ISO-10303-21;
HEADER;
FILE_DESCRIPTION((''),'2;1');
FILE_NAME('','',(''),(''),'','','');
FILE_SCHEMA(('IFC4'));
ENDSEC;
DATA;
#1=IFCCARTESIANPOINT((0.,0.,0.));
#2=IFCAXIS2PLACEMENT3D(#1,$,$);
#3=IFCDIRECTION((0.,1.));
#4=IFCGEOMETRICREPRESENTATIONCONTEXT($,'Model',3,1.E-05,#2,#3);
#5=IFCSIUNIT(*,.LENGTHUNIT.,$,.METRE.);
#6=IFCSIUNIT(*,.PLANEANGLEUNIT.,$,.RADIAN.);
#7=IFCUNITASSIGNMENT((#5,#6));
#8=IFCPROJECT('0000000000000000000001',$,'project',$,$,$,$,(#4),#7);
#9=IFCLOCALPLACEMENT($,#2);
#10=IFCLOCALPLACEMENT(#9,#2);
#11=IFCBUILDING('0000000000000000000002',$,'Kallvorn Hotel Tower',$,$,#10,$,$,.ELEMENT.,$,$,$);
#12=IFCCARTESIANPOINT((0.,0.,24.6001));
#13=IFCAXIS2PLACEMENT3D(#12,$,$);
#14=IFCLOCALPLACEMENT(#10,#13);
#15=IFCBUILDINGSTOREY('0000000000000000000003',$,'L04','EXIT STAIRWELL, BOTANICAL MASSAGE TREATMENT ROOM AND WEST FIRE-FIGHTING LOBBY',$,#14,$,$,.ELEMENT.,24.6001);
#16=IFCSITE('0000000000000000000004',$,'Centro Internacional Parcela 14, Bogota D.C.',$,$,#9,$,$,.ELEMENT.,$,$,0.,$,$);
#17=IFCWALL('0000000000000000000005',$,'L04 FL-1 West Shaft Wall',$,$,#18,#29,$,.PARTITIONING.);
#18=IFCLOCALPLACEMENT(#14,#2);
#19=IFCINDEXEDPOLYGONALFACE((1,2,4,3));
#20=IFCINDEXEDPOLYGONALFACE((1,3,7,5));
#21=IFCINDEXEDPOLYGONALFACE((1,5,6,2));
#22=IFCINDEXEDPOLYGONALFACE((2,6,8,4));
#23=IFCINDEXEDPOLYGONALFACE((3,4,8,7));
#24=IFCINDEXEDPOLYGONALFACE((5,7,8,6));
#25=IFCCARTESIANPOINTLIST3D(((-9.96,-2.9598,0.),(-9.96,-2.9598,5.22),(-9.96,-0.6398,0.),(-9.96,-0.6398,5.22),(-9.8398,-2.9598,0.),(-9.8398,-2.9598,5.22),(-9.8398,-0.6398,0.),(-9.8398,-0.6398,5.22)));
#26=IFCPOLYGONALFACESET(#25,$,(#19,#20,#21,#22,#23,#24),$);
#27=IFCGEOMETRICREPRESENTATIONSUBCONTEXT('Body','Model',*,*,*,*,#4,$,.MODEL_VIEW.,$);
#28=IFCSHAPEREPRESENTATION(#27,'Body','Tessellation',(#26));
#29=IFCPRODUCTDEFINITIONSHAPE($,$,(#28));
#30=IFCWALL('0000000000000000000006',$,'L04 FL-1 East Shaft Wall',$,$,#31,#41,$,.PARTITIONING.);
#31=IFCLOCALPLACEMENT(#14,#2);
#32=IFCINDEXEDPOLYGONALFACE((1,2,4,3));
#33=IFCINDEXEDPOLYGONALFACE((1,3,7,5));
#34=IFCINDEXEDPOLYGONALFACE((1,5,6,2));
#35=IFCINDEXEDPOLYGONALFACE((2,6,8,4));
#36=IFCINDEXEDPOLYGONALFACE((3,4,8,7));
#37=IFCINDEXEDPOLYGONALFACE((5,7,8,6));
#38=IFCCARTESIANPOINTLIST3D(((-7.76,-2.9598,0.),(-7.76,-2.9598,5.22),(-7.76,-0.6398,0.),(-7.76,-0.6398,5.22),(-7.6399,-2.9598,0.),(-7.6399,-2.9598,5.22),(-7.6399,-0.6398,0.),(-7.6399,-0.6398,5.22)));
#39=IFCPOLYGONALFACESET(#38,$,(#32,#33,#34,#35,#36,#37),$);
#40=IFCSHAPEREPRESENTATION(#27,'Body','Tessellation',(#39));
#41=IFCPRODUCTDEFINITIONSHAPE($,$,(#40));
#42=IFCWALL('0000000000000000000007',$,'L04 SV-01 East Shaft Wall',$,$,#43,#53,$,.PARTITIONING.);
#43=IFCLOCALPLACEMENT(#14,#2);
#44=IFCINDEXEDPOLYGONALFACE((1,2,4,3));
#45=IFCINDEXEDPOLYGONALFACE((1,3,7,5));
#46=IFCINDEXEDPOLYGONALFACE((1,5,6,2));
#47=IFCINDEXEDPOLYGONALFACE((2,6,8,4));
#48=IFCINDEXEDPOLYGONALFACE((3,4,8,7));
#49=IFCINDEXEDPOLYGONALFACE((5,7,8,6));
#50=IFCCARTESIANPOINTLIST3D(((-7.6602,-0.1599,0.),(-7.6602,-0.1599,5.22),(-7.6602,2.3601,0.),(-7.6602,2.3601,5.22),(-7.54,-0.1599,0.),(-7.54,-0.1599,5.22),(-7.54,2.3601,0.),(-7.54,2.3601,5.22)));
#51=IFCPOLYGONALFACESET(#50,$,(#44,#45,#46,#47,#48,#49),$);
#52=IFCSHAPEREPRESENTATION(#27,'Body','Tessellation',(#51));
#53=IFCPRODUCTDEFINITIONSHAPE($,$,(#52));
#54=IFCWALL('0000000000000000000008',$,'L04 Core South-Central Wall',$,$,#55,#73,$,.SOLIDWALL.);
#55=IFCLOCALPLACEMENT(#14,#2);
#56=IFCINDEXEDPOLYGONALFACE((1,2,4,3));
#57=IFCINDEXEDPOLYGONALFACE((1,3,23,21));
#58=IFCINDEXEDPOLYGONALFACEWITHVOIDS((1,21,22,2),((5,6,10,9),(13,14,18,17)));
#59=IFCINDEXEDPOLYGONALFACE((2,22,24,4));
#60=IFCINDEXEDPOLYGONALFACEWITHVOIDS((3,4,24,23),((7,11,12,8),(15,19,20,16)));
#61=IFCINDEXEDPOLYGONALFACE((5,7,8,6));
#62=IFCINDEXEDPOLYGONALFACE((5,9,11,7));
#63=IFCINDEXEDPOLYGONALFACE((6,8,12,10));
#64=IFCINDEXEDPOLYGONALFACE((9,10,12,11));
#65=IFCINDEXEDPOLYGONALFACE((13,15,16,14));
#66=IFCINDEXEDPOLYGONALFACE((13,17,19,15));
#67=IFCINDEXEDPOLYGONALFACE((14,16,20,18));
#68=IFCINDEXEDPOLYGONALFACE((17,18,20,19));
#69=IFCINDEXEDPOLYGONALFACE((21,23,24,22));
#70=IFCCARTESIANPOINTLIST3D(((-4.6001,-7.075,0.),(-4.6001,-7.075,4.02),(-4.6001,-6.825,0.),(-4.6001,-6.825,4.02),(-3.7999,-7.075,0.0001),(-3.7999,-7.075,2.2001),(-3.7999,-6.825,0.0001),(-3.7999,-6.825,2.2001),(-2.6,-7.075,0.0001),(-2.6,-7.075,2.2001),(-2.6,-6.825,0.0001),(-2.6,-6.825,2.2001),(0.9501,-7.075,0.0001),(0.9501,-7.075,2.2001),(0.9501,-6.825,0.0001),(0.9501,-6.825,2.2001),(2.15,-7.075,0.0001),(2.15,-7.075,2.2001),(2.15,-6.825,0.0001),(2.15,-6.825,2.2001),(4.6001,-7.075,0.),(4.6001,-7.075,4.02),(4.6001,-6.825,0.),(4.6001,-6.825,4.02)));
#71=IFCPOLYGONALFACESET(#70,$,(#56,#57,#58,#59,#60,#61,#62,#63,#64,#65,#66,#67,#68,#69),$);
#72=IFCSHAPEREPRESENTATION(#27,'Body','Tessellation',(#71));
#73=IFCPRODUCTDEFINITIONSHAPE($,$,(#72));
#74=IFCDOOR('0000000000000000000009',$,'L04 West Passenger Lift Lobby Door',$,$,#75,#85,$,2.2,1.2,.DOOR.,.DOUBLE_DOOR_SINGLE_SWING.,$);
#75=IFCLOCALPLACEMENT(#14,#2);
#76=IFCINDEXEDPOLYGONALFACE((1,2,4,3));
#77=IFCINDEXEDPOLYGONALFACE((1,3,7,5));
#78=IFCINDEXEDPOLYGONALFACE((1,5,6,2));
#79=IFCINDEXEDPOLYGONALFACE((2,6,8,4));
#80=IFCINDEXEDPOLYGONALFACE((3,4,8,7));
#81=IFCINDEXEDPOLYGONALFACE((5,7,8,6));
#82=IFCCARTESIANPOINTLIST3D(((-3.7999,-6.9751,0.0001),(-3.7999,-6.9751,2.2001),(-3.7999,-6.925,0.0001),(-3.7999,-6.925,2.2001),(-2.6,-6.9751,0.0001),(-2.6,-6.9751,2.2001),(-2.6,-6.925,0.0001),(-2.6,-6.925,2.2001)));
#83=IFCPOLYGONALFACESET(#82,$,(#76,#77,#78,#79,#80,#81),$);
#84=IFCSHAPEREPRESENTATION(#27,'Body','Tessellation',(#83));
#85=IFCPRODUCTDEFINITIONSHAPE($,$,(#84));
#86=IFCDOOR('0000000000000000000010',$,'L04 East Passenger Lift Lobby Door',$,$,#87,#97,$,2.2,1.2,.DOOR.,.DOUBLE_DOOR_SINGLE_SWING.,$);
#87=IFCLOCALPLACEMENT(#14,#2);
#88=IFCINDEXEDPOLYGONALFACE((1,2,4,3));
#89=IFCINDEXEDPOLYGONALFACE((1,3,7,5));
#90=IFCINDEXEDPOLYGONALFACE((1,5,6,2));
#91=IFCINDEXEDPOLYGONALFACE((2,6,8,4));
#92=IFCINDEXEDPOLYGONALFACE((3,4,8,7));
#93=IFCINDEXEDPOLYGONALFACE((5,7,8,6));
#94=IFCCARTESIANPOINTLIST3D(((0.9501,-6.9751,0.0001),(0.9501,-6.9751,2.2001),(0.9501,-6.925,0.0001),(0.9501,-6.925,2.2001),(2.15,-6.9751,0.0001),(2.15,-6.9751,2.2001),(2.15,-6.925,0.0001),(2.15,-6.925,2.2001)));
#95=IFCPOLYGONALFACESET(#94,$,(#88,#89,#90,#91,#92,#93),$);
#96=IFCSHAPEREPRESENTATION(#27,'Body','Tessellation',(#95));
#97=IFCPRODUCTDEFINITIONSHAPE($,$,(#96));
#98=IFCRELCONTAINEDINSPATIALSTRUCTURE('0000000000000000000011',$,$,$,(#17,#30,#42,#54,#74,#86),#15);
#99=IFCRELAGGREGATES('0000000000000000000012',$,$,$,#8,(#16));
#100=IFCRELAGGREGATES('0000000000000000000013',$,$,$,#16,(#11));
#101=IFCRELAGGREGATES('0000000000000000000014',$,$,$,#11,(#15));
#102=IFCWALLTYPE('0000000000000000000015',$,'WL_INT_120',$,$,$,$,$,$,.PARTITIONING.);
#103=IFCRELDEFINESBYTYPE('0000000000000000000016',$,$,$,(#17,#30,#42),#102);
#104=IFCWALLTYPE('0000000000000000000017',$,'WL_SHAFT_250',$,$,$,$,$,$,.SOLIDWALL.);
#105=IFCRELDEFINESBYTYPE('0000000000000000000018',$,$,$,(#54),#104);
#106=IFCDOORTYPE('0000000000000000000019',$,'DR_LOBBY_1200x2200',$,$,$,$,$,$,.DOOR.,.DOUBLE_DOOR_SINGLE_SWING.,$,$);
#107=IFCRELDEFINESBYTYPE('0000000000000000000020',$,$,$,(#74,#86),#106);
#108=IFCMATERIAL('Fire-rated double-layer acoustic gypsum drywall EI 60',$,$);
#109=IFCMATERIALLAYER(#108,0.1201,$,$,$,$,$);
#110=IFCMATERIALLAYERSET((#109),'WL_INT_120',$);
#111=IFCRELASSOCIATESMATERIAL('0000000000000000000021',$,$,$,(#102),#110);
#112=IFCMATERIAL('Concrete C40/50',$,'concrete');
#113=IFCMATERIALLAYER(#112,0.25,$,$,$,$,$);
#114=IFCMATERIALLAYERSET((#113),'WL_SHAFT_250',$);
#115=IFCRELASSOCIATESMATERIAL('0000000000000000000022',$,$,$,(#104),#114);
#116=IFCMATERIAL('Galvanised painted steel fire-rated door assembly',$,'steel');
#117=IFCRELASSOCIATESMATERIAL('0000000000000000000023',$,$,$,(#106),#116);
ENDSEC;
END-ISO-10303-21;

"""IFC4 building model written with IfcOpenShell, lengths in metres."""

from ifc_helpers import new_model, si_unit, direction, frame, frame_2d, origin, place, context, subcontext, project, spatial, rectangle, extrude, material, layer, layer_set, type_object, element, fill, save


model = new_model("IFC4")

# Units and contexts
model_context = context("Model", 3, precision=1e-05, world=origin(), true_north=direction((0.0, 1.0)))
body_context = subcontext(model_context, "Body", "Model", "MODEL_VIEW")
ifc_project = project(units=[si_unit("LENGTHUNIT", "METRE"), si_unit("PLANEANGLEUNIT", "RADIAN")], contexts=[model_context])

# Site, building, storey
site_placement = place(None, origin())
site = spatial("IfcSite", under=ifc_project, at=site_placement, Name="Centro Internacional Parcela 14, Bogota D.C.", CompositionType="ELEMENT", RefElevation=0.0)
building_placement = place(site_placement, origin())
building = spatial("IfcBuilding", under=site, at=building_placement, Name="Kallvorn Hotel Tower", CompositionType="ELEMENT")
storey_placement = place(building_placement, frame((0.0, 0.0, 24.6001)))
storey = spatial("IfcBuildingStorey", under=building, at=storey_placement, Name="L04", Description="EXIT STAIRWELL, BOTANICAL MASSAGE TREATMENT ROOM AND WEST FIRE-FIGHTING LOBBY", CompositionType="ELEMENT", Elevation=24.6001)

# Walls
ifc_material_1 = material(Name="Fire-rated double-layer acoustic gypsum drywall EI 60")
ifc_layer_1 = layer(ifc_material_1, 0.1201)
ifc_layer_set_1 = layer_set([ifc_layer_1], Name="WL_INT_120")
wall_type_1 = type_object("IfcWallType", Name="WL_INT_120", PredefinedType="PARTITIONING", material=ifc_layer_set_1)
for number, where, z_axis, x_axis, name in (
    (1, (-9.8999, -2.96, 0.0), (0.0, 0.0, 1.0), (0.0, 1.0, 0.0), "L04 FL-1 West Shaft Wall"),
    (2, (-7.7, -2.96, 0.0), (0.0, 0.0, 1.0), (0.0, 1.0, 0.0), "L04 FL-1 East Shaft Wall"),
):
    element("IfcWall", number, at=place(storey_placement, frame(where, z_axis=z_axis, x_axis=x_axis)), inside=storey, type_object=wall_type_1, Name=name, PredefinedType="PARTITIONING", context=body_context, shape_type="SweptSolid", body=[
        extrude(rectangle(XDim=2.3201, YDim=0.1201, at=frame_2d((1.1602, 0.0))), origin(), (0.0, 0.0, 1.0), 5.22),
    ])
wall_1_placement = place(storey_placement, frame((-7.6001, -0.1599, 0.0), z_axis=(0.0, 0.0, 1.0), x_axis=(0.0, 1.0, 0.0)))
element("IfcWall", 3, at=wall_1_placement, inside=storey, type_object=wall_type_1, Name="L04 SV-01 East Shaft Wall", PredefinedType="PARTITIONING", context=body_context, shape_type="SweptSolid", body=[
    extrude(rectangle(XDim=2.52, YDim=0.1201, at=frame_2d((1.26, 0.0))), origin(), (0.0, 0.0, 1.0), 5.22),
])

# Wall, openings, doors
ifc_material_2 = material(Name="Concrete C40/50", Category="concrete")
ifc_layer_2 = layer(ifc_material_2, 0.25)
ifc_layer_set_2 = layer_set([ifc_layer_2], Name="WL_SHAFT_250")
wall_type_2 = type_object("IfcWallType", Name="WL_SHAFT_250", PredefinedType="SOLIDWALL", material=ifc_layer_set_2)
wall_2_placement = place(storey_placement, frame((-4.6001, -6.95, 0.0), z_axis=(0.0, 0.0, 1.0), x_axis=(1.0, 0.0, 0.0)))
wall_2 = element("IfcWall", 4, at=wall_2_placement, inside=storey, type_object=wall_type_2, Name="L04 Core South-Central Wall", PredefinedType="SOLIDWALL", context=body_context, shape_type="SweptSolid", body=[
    extrude(rectangle(XDim=9.2002, YDim=0.25, at=frame_2d((4.6001, 0.0))), origin(), (0.0, 0.0, 1.0), 4.02),
])
opening_1_placement = place(wall_2_placement, frame((0.8, 0.0, 0.0)))
opening_1 = element("IfcOpeningElement", 5, at=opening_1_placement, cuts=wall_2, PredefinedType="OPENING", context=body_context, shape_type="SweptSolid", body=[
    extrude(rectangle(XDim=1.2, YDim=2.2, at=frame_2d((0.6001, 1.1001))), frame((0.0, 0.1399, 0.0), z_axis=(0.0, -1.0, 0.0), x_axis=(1.0, 0.0, 0.0)), (0.0, 0.0, 1.0), 0.28),
])
opening_2_placement = place(wall_2_placement, frame((5.55, 0.0, 0.0)))
opening_2 = element("IfcOpeningElement", 6, at=opening_2_placement, cuts=wall_2, PredefinedType="OPENING", context=body_context, shape_type="SweptSolid", body=[
    extrude(rectangle(XDim=1.2, YDim=2.2, at=frame_2d((0.6001, 1.1001))), frame((0.0, 0.1399, 0.0), z_axis=(0.0, -1.0, 0.0), x_axis=(1.0, 0.0, 0.0)), (0.0, 0.0, 1.0), 0.28),
])
ifc_material_3 = material(Name="Galvanised painted steel fire-rated door assembly", Category="steel")
door_type_1 = type_object("IfcDoorType", Name="DR_LOBBY_1200x2200", OperationType="DOUBLE_DOOR_SINGLE_SWING", PredefinedType="DOOR", material=ifc_material_3)
door_1_placement = place(opening_1_placement, origin())
door_1 = element("IfcDoor", 7, at=door_1_placement, inside=storey, type_object=door_type_1, Name="L04 West Passenger Lift Lobby Door", OperationType="DOUBLE_DOOR_SINGLE_SWING", OverallHeight=2.2, OverallWidth=1.2, PredefinedType="DOOR", context=body_context, shape_type="SweptSolid", body=[
    extrude(rectangle(XDim=1.2, YDim=2.2, at=frame_2d((0.6001, 1.1001))), frame((0.0, 0.0249, 0.0), z_axis=(0.0, -1.0, 0.0), x_axis=(1.0, 0.0, 0.0)), (0.0, 0.0, 1.0), 0.05),
])
fill(opening_1, door_1)
door_2_placement = place(opening_2_placement, origin())
door_2 = element("IfcDoor", 8, at=door_2_placement, inside=storey, type_object=door_type_1, Name="L04 East Passenger Lift Lobby Door", OperationType="DOUBLE_DOOR_SINGLE_SWING", OverallHeight=2.2, OverallWidth=1.2, PredefinedType="DOOR", context=body_context, shape_type="SweptSolid", body=[
    extrude(rectangle(XDim=1.2, YDim=2.2, at=frame_2d((0.6001, 1.1001))), frame((0.0, 0.0249, 0.0), z_axis=(0.0, -1.0, 0.0), x_axis=(1.0, 0.0, 0.0)), (0.0, 0.0, 1.0), 0.05),
])
fill(opening_2, door_2)

save(model, "model.ifc")
